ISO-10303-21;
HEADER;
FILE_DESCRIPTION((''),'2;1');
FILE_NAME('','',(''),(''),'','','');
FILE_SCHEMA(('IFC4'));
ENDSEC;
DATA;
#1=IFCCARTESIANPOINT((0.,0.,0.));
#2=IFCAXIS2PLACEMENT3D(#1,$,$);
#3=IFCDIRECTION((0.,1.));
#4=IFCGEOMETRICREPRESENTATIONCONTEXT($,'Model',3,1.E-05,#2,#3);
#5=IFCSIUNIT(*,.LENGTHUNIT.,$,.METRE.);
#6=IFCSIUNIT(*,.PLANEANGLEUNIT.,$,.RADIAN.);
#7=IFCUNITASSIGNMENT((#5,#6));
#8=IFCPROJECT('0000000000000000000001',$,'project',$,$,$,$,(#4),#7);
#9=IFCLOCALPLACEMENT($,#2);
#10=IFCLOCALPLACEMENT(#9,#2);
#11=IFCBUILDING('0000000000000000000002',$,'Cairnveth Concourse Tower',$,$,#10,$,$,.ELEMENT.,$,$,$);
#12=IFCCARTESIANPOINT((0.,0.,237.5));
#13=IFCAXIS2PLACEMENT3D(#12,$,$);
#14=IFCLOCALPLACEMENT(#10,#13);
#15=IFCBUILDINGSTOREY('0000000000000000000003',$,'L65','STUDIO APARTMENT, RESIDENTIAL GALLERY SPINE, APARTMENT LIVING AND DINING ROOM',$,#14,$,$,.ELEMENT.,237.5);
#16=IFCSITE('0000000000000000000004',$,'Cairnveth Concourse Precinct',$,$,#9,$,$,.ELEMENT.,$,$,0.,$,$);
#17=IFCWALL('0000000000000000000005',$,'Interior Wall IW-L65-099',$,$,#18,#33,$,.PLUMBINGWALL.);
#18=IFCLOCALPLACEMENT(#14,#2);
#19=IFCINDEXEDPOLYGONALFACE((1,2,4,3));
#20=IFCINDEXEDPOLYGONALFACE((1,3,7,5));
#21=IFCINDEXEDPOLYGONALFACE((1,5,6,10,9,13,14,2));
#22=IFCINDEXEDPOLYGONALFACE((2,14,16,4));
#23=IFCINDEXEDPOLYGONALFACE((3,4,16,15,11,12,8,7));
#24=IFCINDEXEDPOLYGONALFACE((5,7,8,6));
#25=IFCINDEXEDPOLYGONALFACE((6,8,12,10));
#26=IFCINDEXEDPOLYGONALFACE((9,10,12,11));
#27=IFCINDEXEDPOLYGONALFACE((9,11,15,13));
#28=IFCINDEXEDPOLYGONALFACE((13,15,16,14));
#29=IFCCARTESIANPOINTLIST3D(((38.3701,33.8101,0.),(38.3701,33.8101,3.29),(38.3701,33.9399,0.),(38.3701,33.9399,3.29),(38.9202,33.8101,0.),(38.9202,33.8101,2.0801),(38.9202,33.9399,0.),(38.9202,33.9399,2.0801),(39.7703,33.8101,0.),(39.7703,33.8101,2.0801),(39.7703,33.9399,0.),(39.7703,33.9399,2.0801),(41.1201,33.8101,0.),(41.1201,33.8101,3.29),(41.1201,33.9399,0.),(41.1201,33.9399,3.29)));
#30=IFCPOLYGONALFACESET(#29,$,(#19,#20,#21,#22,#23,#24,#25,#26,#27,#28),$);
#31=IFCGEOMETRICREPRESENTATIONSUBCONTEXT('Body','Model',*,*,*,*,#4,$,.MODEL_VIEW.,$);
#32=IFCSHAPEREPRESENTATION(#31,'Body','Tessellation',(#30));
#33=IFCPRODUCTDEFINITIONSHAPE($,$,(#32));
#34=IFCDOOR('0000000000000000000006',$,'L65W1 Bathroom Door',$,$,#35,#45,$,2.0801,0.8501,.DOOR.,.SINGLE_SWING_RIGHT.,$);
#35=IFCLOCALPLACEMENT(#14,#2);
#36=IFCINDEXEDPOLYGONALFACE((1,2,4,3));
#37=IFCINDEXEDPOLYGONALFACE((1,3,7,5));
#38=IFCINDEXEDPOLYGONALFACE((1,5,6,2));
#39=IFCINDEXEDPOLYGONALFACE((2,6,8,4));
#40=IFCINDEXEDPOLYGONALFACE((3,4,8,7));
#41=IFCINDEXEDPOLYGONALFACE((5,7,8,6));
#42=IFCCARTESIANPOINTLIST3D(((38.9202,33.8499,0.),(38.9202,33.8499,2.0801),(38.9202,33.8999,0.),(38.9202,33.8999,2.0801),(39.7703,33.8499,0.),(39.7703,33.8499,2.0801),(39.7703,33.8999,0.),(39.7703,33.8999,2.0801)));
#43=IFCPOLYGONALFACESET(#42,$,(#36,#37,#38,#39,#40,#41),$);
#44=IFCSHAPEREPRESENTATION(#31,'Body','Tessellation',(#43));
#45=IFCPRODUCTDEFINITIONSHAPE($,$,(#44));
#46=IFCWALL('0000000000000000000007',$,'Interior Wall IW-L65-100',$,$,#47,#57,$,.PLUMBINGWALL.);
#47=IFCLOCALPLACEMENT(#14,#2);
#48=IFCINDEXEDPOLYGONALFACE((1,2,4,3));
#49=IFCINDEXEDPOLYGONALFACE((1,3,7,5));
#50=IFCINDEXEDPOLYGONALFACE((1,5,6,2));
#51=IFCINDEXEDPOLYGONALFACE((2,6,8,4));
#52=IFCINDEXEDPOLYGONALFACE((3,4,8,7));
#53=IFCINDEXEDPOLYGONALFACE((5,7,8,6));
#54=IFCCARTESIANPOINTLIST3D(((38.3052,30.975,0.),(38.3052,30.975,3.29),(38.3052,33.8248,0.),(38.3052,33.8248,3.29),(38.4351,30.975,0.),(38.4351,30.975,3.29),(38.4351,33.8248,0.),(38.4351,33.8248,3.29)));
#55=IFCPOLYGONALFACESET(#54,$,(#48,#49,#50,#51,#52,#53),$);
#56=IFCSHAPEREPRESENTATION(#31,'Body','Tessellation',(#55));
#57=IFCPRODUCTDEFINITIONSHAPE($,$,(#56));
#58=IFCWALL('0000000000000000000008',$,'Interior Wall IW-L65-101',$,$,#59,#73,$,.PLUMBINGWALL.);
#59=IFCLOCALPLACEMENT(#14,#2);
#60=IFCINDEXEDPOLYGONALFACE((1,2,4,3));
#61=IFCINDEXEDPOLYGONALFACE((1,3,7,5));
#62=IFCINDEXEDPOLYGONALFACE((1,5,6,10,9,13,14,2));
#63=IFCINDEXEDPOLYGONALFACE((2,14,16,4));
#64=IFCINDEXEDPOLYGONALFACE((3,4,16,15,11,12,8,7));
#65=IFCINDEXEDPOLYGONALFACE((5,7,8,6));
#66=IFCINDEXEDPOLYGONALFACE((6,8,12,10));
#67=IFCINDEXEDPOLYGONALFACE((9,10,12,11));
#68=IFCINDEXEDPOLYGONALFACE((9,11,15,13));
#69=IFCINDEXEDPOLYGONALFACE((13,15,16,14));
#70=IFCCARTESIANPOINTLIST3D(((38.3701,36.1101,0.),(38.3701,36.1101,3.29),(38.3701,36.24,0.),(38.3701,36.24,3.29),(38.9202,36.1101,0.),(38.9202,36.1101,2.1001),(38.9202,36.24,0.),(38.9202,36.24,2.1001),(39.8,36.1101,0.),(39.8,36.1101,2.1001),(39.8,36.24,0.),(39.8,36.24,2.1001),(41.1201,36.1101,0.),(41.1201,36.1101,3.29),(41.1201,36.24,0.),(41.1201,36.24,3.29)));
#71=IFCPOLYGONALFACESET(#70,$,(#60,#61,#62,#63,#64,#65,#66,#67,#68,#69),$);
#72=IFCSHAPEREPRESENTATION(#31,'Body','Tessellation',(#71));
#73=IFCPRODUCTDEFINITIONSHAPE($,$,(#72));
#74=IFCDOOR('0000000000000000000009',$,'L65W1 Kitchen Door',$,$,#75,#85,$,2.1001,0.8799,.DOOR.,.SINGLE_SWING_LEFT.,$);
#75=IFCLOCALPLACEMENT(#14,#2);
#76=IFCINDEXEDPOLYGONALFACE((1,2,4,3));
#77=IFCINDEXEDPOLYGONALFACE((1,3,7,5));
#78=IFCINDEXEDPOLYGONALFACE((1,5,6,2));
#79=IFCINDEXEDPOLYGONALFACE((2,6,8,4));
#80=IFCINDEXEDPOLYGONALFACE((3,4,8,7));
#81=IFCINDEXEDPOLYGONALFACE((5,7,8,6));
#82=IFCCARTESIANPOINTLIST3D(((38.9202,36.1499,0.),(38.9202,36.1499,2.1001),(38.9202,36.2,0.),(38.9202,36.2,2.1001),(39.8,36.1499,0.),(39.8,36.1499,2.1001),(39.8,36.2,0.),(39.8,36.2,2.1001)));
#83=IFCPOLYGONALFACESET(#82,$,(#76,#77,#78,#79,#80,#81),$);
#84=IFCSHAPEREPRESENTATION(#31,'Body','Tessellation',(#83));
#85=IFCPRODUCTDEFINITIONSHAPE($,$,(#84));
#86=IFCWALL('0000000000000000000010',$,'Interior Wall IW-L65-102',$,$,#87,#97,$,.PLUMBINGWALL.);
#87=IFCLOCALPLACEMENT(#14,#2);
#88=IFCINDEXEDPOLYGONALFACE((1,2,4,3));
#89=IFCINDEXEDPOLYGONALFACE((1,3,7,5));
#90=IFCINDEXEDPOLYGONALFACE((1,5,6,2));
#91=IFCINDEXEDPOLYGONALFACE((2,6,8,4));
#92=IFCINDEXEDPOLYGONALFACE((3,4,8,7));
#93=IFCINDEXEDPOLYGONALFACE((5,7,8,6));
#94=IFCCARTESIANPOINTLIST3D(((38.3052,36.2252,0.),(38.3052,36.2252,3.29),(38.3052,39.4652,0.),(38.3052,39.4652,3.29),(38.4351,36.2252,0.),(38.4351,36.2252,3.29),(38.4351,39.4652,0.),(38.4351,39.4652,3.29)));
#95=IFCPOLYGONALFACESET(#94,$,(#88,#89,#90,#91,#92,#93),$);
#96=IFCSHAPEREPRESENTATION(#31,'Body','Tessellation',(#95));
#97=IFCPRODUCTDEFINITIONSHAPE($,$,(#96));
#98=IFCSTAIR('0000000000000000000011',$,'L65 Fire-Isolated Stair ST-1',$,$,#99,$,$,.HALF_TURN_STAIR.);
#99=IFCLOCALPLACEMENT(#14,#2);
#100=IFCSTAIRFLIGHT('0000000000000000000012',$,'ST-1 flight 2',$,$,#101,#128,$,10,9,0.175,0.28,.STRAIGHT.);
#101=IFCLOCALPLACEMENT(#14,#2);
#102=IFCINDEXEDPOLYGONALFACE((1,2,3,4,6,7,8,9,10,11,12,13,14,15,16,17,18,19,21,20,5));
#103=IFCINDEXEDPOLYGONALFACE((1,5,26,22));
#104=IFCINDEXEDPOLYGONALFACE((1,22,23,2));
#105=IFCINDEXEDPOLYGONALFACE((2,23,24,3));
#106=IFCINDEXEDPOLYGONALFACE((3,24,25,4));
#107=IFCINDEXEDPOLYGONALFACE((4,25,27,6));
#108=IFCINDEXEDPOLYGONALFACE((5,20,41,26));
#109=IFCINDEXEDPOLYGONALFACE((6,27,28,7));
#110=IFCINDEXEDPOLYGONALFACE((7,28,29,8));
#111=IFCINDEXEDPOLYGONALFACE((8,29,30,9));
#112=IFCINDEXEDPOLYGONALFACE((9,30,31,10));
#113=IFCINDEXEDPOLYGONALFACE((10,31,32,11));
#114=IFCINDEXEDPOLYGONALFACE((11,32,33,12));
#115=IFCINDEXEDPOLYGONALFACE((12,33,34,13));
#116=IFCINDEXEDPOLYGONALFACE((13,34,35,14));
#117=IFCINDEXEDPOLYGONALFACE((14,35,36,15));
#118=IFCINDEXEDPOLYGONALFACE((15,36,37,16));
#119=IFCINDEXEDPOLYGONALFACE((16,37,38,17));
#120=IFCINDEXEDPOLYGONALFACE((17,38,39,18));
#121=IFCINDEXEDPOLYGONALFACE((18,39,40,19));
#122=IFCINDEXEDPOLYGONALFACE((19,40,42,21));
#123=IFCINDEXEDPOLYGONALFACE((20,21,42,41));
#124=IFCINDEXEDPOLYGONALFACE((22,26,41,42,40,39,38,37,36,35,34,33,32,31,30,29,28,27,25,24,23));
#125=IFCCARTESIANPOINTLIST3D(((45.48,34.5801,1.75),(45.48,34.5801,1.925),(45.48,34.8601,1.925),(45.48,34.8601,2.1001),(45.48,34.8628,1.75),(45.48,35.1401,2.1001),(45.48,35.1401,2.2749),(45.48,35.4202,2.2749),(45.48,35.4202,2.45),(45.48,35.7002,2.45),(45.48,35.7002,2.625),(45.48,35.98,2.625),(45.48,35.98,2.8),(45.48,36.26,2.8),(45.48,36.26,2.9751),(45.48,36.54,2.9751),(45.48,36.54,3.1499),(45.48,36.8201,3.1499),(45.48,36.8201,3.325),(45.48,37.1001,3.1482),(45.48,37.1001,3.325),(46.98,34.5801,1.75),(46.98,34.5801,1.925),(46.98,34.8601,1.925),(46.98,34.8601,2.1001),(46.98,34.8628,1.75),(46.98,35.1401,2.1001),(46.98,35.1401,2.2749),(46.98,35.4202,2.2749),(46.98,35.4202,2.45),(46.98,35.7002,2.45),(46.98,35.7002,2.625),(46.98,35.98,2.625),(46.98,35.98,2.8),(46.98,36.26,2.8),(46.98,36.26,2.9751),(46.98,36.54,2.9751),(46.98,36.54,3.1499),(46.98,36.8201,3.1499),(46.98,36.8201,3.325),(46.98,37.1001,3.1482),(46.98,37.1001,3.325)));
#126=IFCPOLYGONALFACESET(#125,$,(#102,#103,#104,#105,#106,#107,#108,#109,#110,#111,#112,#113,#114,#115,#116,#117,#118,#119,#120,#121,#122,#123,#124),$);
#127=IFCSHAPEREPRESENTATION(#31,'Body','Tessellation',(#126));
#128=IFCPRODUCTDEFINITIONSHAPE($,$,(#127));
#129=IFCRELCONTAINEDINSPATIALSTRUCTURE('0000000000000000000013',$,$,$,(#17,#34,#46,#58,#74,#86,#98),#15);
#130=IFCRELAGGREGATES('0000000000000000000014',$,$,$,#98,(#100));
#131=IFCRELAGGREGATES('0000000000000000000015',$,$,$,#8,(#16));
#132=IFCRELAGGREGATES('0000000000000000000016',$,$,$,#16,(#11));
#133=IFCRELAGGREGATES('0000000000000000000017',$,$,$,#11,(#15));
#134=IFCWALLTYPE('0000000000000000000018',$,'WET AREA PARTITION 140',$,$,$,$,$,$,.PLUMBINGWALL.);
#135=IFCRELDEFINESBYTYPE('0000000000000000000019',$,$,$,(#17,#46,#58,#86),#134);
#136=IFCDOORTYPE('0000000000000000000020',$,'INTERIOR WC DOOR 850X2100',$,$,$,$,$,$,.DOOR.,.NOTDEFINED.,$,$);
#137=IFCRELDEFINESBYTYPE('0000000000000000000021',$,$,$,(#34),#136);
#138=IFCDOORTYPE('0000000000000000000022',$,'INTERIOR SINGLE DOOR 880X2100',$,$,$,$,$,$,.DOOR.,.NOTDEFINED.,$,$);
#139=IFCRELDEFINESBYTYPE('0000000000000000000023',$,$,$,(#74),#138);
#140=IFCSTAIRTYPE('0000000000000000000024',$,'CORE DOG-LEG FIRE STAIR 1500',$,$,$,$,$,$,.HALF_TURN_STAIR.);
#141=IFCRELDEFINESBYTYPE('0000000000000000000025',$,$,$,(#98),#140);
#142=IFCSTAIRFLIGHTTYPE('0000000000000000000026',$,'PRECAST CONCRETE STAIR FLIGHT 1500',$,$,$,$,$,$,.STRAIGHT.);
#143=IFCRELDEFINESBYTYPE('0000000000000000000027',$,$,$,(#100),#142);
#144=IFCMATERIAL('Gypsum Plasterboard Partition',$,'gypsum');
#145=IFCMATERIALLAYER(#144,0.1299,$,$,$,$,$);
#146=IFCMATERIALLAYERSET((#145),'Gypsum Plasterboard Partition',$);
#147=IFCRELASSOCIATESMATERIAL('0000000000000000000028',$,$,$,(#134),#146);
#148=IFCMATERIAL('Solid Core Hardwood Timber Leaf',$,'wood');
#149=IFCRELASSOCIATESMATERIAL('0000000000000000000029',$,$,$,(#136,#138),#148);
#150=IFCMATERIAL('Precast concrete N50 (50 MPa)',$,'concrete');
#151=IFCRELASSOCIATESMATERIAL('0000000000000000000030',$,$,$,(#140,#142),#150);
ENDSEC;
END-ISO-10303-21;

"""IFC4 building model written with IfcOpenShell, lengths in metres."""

from ifc_helpers import new_model, si_unit, direction, frame, frame_2d, origin, place, context, subcontext, project, spatial, polyline, rectangle, outline, extrude, material, layer, layer_set, type_object, element, fill, aggregate, save


model = new_model("IFC4")

# Units and contexts
model_context = context("Model", 3, precision=1e-05, world=origin(), true_north=direction((0.0, 1.0)))
body_context = subcontext(model_context, "Body", "Model", "MODEL_VIEW")
ifc_project = project(units=[si_unit("LENGTHUNIT", "METRE"), si_unit("PLANEANGLEUNIT", "RADIAN")], contexts=[model_context])

# Site, building, storey
site_placement = place(None, origin())
site = spatial("IfcSite", under=ifc_project, at=site_placement, Name="Cairnveth Concourse Precinct", CompositionType="ELEMENT", RefElevation=0.0)
building_placement = place(site_placement, origin())
building = spatial("IfcBuilding", under=site, at=building_placement, Name="Cairnveth Concourse Tower", CompositionType="ELEMENT")
storey_placement = place(building_placement, frame((0.0, 0.0, 237.5)))
storey = spatial("IfcBuildingStorey", under=building, at=storey_placement, Name="L65", Description="STUDIO APARTMENT, RESIDENTIAL GALLERY SPINE, APARTMENT LIVING AND DINING ROOM", CompositionType="ELEMENT", Elevation=237.5)

# Shared definitions
ifc_material_1 = material(Name="Gypsum Plasterboard Partition", Category="gypsum")
ifc_material_2 = material(Name="Solid Core Hardwood Timber Leaf", Category="wood")

# Shared definitions
ifc_layer_1 = layer(ifc_material_1, 0.1299)
ifc_layer_set_1 = layer_set([ifc_layer_1], Name="Gypsum Plasterboard Partition")
wall_type_1 = type_object("IfcWallType", Name="WET AREA PARTITION 140", PredefinedType="PLUMBINGWALL", material=ifc_layer_set_1)

# Wall, opening, door
wall_1_placement = place(storey_placement, frame((38.3701, 33.875, 0.0), z_axis=(0.0, 0.0, 1.0), x_axis=(1.0, 0.0, 0.0)))
wall_1 = element("IfcWall", 1, at=wall_1_placement, inside=storey, type_object=wall_type_1, Name="Interior Wall IW-L65-099", PredefinedType="PLUMBINGWALL", context=body_context, shape_type="SweptSolid", body=[
    extrude(rectangle(XDim=2.75, YDim=0.1299, at=frame_2d((1.375, 0.0))), origin(), (0.0, 0.0, 1.0), 3.29),
])
opening_1_placement = place(wall_1_placement, frame((0.55, 0.0, 0.0)))
opening_1 = element("IfcOpeningElement", 2, at=opening_1_placement, cuts=wall_1, PredefinedType="OPENING", context=body_context, shape_type="SweptSolid", body=[
    extrude(rectangle(XDim=0.8501, YDim=2.0801, at=frame_2d((0.425, 1.04))), frame((0.0, 0.075, 0.0), z_axis=(0.0, -1.0, 0.0), x_axis=(1.0, 0.0, 0.0)), (0.0, 0.0, 1.0), 0.1499),
])
door_type_1 = type_object("IfcDoorType", Name="INTERIOR WC DOOR 850X2100", OperationType="NOTDEFINED", PredefinedType="DOOR", material=ifc_material_2)
door_1_placement = place(opening_1_placement, origin())
door_1 = element("IfcDoor", 3, at=door_1_placement, inside=storey, type_object=door_type_1, Name="L65W1 Bathroom Door", OperationType="SINGLE_SWING_RIGHT", OverallHeight=2.0801, OverallWidth=0.8501, PredefinedType="DOOR", context=body_context, shape_type="SweptSolid", body=[
    extrude(rectangle(XDim=0.8501, YDim=2.0801, at=frame_2d((0.425, 1.04))), frame((0.0, 0.0249, 0.0), z_axis=(0.0, -1.0, 0.0), x_axis=(1.0, 0.0, 0.0)), (0.0, 0.0, 1.0), 0.05),
])
fill(opening_1, door_1)

# Wall
wall_2_placement = place(storey_placement, frame((38.3701, 30.9751, 0.0), z_axis=(0.0, 0.0, 1.0), x_axis=(0.0, 1.0, 0.0)))
element("IfcWall", 4, at=wall_2_placement, inside=storey, type_object=wall_type_1, Name="Interior Wall IW-L65-100", PredefinedType="PLUMBINGWALL", context=body_context, shape_type="SweptSolid", body=[
    extrude(rectangle(XDim=2.8499, YDim=0.1299, at=frame_2d((1.4248, 0.0))), origin(), (0.0, 0.0, 1.0), 3.29),
])

# Wall, opening, door
wall_3_placement = place(storey_placement, frame((38.3701, 36.175, 0.0), z_axis=(0.0, 0.0, 1.0), x_axis=(1.0, 0.0, 0.0)))
wall_3 = element("IfcWall", 5, at=wall_3_placement, inside=storey, type_object=wall_type_1, Name="Interior Wall IW-L65-101", PredefinedType="PLUMBINGWALL", context=body_context, shape_type="SweptSolid", body=[
    extrude(rectangle(XDim=2.75, YDim=0.1299, at=frame_2d((1.375, 0.0))), origin(), (0.0, 0.0, 1.0), 3.29),
])
opening_2_placement = place(wall_3_placement, frame((0.55, 0.0, 0.0)))
opening_2 = element("IfcOpeningElement", 6, at=opening_2_placement, cuts=wall_3, PredefinedType="OPENING", context=body_context, shape_type="SweptSolid", body=[
    extrude(rectangle(XDim=0.8799, YDim=2.1001, at=frame_2d((0.4399, 1.05))), frame((0.0, 0.075, 0.0), z_axis=(0.0, -1.0, 0.0), x_axis=(1.0, 0.0, 0.0)), (0.0, 0.0, 1.0), 0.1499),
])
door_type_2 = type_object("IfcDoorType", Name="INTERIOR SINGLE DOOR 880X2100", OperationType="NOTDEFINED", PredefinedType="DOOR", material=ifc_material_2)
door_2_placement = place(opening_2_placement, origin())
door_2 = element("IfcDoor", 7, at=door_2_placement, inside=storey, type_object=door_type_2, Name="L65W1 Kitchen Door", OperationType="SINGLE_SWING_LEFT", OverallHeight=2.1001, OverallWidth=0.8799, PredefinedType="DOOR", context=body_context, shape_type="SweptSolid", body=[
    extrude(rectangle(XDim=0.8799, YDim=2.1001, at=frame_2d((0.4399, 1.05))), frame((0.0, 0.0249, 0.0), z_axis=(0.0, -1.0, 0.0), x_axis=(1.0, 0.0, 0.0)), (0.0, 0.0, 1.0), 0.05),
])
fill(opening_2, door_2)

# Wall
wall_4_placement = place(storey_placement, frame((38.3701, 36.2251, 0.0), z_axis=(0.0, 0.0, 1.0), x_axis=(0.0, 1.0, 0.0)))
element("IfcWall", 8, at=wall_4_placement, inside=storey, type_object=wall_type_1, Name="Interior Wall IW-L65-102", PredefinedType="PLUMBINGWALL", context=body_context, shape_type="SweptSolid", body=[
    extrude(rectangle(XDim=3.24, YDim=0.1299, at=frame_2d((1.6201, 0.0))), origin(), (0.0, 0.0, 1.0), 3.29),
])

# Stair, stair flight
ifc_material_3 = material(Name="Precast concrete N50 (50 MPa)", Category="concrete")
stair_type = type_object("IfcStairType", Name="CORE DOG-LEG FIRE STAIR 1500", PredefinedType="HALF_TURN_STAIR", material=ifc_material_3)
stair_placement = place(storey_placement, origin())
stair = element("IfcStair", 9, at=stair_placement, inside=storey, type_object=stair_type, Name="L65 Fire-Isolated Stair ST-1", PredefinedType="HALF_TURN_STAIR")
stair_flight_type = type_object("IfcStairFlightType", Name="PRECAST CONCRETE STAIR FLIGHT 1500", PredefinedType="STRAIGHT", material=ifc_material_3)
stair_flight_placement = place(storey_placement, frame((46.23, 34.5801, 1.75), z_axis=(0.0, 0.0, 1.0), x_axis=(0.0, 1.0, 0.0)))
stair_flight = element("IfcStairFlight", 10, at=stair_flight_placement, type_object=stair_flight_type, Name="ST-1 flight 2", NumberOfRisers=10, NumberOfTreads=9, PredefinedType="STRAIGHT", RiserHeight=0.175, TreadLength=0.28, context=body_context, shape_type="SweptSolid", body=[
    extrude(outline(polyline([(0.0, 0.0), (0.0, 0.175), (0.28, 0.175), (0.28, 0.3501), (0.5601, 0.3501), (0.5601, 0.5249), (0.8401, 0.5249), (0.8401, 0.7), (1.1201, 0.7), (1.1201, 0.875), (1.3999, 0.875), (1.3999, 1.05), (1.6799, 1.05), (1.6799, 1.2251), (1.96, 1.2251), (1.96, 1.3999), (2.24, 1.3999), (2.24, 1.575), (2.52, 1.575), (2.52, 1.75), (2.52, 1.3982), (0.2827, 0.0), (0.0, 0.0)])), frame((0.0, 0.75, 0.0), z_axis=(0.0, -1.0, 0.0), x_axis=(1.0, 0.0, 0.0)), (0.0, 0.0, 1.0), 1.5),
])
aggregate(stair, [stair_flight])

save(model, "model.ifc")
